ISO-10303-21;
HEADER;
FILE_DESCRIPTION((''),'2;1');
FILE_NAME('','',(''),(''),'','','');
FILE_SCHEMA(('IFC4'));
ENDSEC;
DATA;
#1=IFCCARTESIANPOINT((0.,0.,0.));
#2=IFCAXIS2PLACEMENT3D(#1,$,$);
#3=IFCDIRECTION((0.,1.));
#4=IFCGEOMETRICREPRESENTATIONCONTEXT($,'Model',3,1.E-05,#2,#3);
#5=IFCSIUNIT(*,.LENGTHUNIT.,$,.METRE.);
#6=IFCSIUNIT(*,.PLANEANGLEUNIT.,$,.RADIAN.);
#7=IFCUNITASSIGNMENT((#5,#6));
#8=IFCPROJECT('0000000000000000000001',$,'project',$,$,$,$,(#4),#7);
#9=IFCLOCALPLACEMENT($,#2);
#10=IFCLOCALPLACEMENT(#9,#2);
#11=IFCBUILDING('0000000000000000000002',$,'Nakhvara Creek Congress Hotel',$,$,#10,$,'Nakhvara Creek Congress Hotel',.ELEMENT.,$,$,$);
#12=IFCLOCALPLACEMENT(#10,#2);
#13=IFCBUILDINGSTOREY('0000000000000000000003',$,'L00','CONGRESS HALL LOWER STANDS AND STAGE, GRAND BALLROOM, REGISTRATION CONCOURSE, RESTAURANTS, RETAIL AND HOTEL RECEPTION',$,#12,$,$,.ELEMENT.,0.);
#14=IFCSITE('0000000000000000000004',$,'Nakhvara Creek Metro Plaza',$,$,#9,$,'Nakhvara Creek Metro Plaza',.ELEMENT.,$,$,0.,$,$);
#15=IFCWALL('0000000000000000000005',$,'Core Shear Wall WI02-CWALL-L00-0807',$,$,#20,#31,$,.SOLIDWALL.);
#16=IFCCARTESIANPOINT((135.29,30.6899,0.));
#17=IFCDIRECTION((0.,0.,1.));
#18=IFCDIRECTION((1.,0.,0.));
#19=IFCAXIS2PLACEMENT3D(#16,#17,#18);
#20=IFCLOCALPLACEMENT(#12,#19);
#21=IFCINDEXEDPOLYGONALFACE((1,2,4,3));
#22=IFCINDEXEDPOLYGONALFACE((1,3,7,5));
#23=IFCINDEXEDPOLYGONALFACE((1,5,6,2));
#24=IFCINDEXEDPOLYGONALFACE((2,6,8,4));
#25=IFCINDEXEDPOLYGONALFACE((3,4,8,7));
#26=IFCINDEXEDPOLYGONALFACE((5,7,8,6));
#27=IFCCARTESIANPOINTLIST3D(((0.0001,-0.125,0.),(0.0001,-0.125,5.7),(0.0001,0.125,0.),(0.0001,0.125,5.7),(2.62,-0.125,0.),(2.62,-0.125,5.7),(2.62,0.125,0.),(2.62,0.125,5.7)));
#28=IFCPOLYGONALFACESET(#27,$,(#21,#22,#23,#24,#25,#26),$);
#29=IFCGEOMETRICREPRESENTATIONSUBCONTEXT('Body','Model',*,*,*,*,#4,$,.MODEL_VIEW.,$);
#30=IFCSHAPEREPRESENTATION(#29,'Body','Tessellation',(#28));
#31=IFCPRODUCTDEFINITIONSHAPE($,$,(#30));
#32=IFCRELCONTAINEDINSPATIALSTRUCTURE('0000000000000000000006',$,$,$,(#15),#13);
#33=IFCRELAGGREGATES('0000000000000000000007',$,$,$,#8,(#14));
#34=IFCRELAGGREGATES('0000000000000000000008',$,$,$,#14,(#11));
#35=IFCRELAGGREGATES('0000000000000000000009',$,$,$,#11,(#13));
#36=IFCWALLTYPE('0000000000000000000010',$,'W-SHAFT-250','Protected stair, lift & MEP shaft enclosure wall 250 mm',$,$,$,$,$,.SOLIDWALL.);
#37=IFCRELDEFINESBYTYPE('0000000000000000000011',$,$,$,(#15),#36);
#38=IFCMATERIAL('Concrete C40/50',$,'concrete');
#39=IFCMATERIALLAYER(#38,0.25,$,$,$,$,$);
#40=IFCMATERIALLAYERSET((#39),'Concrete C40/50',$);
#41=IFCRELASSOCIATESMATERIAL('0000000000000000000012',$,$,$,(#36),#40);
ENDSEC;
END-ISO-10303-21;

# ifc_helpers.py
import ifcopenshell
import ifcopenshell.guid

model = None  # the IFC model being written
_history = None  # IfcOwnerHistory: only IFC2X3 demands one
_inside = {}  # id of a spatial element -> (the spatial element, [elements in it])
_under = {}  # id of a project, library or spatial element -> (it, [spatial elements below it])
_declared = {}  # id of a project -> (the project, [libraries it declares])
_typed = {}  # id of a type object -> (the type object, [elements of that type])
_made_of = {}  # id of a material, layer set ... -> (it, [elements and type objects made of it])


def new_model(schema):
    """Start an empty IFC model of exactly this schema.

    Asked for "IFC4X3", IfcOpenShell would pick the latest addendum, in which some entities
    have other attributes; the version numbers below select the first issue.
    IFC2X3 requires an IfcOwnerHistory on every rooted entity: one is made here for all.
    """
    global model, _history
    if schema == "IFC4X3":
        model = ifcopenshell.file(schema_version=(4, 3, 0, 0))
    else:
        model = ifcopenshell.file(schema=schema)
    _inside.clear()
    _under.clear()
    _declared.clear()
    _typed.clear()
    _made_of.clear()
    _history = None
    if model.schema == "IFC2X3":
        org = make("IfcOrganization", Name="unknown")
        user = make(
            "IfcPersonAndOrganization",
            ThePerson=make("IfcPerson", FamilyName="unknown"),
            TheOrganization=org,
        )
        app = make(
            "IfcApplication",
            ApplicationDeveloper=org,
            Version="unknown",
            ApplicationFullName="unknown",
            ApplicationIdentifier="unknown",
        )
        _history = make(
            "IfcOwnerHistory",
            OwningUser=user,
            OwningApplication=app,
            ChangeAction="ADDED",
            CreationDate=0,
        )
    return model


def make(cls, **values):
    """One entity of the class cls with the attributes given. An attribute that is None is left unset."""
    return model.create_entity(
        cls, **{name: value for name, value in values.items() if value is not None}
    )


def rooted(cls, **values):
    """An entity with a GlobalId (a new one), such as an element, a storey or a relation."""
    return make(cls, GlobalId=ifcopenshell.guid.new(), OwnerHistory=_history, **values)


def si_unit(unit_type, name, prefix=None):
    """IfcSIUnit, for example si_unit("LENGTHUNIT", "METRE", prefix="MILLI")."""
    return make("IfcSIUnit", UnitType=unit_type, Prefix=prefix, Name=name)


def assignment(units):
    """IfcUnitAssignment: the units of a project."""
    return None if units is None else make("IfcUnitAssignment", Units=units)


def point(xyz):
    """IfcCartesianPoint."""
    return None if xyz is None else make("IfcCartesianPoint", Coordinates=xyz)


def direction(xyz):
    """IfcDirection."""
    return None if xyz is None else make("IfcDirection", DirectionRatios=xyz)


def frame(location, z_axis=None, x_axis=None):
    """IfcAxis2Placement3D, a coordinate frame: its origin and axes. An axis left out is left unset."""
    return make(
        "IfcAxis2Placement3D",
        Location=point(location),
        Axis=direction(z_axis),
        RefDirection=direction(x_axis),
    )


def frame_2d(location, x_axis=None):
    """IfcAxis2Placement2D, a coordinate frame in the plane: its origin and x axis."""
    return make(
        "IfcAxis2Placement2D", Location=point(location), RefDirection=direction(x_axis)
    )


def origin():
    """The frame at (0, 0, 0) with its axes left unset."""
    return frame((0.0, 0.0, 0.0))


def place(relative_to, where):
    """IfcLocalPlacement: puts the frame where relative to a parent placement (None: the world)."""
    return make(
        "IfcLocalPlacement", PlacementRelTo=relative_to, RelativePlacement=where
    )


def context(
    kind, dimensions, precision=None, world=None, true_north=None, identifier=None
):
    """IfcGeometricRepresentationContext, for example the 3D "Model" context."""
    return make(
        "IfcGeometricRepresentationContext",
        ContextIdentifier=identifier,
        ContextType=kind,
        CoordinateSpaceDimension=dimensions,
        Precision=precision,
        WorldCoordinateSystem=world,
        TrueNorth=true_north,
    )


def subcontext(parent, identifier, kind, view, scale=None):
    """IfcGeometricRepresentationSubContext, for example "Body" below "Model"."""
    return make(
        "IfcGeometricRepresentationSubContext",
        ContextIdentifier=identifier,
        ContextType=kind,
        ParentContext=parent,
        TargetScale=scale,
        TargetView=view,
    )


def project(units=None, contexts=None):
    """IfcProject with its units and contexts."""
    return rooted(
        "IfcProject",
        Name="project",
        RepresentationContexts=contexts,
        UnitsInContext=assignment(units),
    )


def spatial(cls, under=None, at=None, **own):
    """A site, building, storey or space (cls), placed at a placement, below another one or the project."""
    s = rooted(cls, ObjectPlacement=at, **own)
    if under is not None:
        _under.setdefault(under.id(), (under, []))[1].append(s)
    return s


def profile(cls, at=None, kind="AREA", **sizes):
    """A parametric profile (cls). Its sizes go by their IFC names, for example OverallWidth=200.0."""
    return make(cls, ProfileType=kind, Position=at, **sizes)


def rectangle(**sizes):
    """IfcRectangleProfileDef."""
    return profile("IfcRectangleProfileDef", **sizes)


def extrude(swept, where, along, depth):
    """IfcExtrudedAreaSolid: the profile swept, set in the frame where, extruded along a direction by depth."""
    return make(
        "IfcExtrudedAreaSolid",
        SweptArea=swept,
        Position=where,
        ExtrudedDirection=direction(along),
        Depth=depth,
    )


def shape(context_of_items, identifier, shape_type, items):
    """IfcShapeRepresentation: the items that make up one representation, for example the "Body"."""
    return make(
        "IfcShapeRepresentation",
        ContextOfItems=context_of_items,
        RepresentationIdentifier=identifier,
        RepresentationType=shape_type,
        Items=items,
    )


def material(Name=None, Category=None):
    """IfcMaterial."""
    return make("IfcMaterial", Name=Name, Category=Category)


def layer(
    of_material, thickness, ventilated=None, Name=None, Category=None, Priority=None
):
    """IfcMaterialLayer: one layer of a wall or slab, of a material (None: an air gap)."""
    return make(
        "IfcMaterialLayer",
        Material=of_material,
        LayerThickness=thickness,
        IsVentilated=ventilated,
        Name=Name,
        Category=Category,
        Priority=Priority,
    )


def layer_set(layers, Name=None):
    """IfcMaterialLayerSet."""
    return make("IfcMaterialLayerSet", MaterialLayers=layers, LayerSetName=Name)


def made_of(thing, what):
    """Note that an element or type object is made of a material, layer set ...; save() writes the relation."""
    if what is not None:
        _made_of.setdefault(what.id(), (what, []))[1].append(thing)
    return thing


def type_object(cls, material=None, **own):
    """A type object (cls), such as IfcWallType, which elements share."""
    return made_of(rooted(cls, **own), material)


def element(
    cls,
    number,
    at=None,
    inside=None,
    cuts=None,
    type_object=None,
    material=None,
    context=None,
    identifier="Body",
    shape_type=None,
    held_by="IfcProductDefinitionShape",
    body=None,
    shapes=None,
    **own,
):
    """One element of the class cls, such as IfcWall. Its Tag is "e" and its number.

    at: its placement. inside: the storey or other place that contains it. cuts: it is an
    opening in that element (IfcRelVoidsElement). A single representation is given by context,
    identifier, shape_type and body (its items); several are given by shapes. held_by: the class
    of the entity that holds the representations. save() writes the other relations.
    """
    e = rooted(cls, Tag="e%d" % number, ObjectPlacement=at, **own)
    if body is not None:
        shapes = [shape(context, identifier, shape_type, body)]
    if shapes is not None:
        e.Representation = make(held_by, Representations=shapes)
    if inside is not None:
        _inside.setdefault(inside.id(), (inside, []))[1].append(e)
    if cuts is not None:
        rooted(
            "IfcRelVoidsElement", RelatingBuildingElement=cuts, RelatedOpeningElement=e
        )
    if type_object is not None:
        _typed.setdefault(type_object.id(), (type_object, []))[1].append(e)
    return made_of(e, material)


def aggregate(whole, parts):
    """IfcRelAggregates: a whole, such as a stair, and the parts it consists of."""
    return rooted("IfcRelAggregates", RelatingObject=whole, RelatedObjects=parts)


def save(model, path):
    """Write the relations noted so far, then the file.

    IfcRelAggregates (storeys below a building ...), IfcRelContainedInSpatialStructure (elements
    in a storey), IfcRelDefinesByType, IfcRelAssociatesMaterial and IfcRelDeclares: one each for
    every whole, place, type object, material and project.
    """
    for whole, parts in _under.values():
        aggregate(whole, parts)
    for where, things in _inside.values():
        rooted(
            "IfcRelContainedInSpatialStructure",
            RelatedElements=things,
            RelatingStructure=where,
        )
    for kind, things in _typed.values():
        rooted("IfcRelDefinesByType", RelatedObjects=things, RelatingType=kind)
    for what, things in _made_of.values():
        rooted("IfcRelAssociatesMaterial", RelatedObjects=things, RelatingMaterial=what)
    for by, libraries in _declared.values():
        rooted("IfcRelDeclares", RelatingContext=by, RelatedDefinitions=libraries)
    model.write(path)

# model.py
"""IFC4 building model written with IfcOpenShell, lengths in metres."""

from ifc_helpers import new_model, si_unit, direction, frame, frame_2d, origin, place, context, subcontext, project, spatial, rectangle, extrude, material, layer, layer_set, type_object, element, save


model = new_model("IFC4")

# Units and contexts
model_context = context("Model", 3, precision=1e-05, world=origin(), true_north=direction((0.0, 1.0)))
body_context = subcontext(model_context, "Body", "Model", "MODEL_VIEW")
ifc_project = project(units=[si_unit("LENGTHUNIT", "METRE"), si_unit("PLANEANGLEUNIT", "RADIAN")], contexts=[model_context])

# Site, building, storey
site_placement = place(None, origin())
site = spatial("IfcSite", under=ifc_project, at=site_placement, Name="Nakhvara Creek Metro Plaza", LongName="Nakhvara Creek Metro Plaza", CompositionType="ELEMENT", RefElevation=0.0)
building_placement = place(site_placement, origin())
building = spatial("IfcBuilding", under=site, at=building_placement, Name="Nakhvara Creek Congress Hotel", LongName="Nakhvara Creek Congress Hotel", CompositionType="ELEMENT")
storey_placement = place(building_placement, origin())
storey = spatial("IfcBuildingStorey", under=building, at=storey_placement, Name="L00", Description="CONGRESS HALL LOWER STANDS AND STAGE, GRAND BALLROOM, REGISTRATION CONCOURSE, RESTAURANTS, RETAIL AND HOTEL RECEPTION", CompositionType="ELEMENT", Elevation=0.0)

# Wall
ifc_material_1 = material(Name="Concrete C40/50", Category="concrete")
ifc_layer_1 = layer(ifc_material_1, 0.25)
ifc_layer_set_1 = layer_set([ifc_layer_1], Name="Concrete C40/50")
wall_type_1 = type_object("IfcWallType", Name="W-SHAFT-250", Description="Protected stair, lift & MEP shaft enclosure wall 250 mm", PredefinedType="SOLIDWALL", material=ifc_layer_set_1)
wall_1_placement = place(storey_placement, frame((135.29, 30.6899, 0.0), z_axis=(0.0, 0.0, 1.0), x_axis=(1.0, 0.0, 0.0)))
element("IfcWall", 1, at=wall_1_placement, inside=storey, type_object=wall_type_1, Name="Core Shear Wall WI02-CWALL-L00-0807", PredefinedType="SOLIDWALL", context=body_context, shape_type="SweptSolid", body=[
    extrude(rectangle(XDim=2.6199, YDim=0.25, at=frame_2d((1.3101, 0.0))), origin(), (0.0, 0.0, 1.0), 5.7),
])

save(model, "model.ifc")
